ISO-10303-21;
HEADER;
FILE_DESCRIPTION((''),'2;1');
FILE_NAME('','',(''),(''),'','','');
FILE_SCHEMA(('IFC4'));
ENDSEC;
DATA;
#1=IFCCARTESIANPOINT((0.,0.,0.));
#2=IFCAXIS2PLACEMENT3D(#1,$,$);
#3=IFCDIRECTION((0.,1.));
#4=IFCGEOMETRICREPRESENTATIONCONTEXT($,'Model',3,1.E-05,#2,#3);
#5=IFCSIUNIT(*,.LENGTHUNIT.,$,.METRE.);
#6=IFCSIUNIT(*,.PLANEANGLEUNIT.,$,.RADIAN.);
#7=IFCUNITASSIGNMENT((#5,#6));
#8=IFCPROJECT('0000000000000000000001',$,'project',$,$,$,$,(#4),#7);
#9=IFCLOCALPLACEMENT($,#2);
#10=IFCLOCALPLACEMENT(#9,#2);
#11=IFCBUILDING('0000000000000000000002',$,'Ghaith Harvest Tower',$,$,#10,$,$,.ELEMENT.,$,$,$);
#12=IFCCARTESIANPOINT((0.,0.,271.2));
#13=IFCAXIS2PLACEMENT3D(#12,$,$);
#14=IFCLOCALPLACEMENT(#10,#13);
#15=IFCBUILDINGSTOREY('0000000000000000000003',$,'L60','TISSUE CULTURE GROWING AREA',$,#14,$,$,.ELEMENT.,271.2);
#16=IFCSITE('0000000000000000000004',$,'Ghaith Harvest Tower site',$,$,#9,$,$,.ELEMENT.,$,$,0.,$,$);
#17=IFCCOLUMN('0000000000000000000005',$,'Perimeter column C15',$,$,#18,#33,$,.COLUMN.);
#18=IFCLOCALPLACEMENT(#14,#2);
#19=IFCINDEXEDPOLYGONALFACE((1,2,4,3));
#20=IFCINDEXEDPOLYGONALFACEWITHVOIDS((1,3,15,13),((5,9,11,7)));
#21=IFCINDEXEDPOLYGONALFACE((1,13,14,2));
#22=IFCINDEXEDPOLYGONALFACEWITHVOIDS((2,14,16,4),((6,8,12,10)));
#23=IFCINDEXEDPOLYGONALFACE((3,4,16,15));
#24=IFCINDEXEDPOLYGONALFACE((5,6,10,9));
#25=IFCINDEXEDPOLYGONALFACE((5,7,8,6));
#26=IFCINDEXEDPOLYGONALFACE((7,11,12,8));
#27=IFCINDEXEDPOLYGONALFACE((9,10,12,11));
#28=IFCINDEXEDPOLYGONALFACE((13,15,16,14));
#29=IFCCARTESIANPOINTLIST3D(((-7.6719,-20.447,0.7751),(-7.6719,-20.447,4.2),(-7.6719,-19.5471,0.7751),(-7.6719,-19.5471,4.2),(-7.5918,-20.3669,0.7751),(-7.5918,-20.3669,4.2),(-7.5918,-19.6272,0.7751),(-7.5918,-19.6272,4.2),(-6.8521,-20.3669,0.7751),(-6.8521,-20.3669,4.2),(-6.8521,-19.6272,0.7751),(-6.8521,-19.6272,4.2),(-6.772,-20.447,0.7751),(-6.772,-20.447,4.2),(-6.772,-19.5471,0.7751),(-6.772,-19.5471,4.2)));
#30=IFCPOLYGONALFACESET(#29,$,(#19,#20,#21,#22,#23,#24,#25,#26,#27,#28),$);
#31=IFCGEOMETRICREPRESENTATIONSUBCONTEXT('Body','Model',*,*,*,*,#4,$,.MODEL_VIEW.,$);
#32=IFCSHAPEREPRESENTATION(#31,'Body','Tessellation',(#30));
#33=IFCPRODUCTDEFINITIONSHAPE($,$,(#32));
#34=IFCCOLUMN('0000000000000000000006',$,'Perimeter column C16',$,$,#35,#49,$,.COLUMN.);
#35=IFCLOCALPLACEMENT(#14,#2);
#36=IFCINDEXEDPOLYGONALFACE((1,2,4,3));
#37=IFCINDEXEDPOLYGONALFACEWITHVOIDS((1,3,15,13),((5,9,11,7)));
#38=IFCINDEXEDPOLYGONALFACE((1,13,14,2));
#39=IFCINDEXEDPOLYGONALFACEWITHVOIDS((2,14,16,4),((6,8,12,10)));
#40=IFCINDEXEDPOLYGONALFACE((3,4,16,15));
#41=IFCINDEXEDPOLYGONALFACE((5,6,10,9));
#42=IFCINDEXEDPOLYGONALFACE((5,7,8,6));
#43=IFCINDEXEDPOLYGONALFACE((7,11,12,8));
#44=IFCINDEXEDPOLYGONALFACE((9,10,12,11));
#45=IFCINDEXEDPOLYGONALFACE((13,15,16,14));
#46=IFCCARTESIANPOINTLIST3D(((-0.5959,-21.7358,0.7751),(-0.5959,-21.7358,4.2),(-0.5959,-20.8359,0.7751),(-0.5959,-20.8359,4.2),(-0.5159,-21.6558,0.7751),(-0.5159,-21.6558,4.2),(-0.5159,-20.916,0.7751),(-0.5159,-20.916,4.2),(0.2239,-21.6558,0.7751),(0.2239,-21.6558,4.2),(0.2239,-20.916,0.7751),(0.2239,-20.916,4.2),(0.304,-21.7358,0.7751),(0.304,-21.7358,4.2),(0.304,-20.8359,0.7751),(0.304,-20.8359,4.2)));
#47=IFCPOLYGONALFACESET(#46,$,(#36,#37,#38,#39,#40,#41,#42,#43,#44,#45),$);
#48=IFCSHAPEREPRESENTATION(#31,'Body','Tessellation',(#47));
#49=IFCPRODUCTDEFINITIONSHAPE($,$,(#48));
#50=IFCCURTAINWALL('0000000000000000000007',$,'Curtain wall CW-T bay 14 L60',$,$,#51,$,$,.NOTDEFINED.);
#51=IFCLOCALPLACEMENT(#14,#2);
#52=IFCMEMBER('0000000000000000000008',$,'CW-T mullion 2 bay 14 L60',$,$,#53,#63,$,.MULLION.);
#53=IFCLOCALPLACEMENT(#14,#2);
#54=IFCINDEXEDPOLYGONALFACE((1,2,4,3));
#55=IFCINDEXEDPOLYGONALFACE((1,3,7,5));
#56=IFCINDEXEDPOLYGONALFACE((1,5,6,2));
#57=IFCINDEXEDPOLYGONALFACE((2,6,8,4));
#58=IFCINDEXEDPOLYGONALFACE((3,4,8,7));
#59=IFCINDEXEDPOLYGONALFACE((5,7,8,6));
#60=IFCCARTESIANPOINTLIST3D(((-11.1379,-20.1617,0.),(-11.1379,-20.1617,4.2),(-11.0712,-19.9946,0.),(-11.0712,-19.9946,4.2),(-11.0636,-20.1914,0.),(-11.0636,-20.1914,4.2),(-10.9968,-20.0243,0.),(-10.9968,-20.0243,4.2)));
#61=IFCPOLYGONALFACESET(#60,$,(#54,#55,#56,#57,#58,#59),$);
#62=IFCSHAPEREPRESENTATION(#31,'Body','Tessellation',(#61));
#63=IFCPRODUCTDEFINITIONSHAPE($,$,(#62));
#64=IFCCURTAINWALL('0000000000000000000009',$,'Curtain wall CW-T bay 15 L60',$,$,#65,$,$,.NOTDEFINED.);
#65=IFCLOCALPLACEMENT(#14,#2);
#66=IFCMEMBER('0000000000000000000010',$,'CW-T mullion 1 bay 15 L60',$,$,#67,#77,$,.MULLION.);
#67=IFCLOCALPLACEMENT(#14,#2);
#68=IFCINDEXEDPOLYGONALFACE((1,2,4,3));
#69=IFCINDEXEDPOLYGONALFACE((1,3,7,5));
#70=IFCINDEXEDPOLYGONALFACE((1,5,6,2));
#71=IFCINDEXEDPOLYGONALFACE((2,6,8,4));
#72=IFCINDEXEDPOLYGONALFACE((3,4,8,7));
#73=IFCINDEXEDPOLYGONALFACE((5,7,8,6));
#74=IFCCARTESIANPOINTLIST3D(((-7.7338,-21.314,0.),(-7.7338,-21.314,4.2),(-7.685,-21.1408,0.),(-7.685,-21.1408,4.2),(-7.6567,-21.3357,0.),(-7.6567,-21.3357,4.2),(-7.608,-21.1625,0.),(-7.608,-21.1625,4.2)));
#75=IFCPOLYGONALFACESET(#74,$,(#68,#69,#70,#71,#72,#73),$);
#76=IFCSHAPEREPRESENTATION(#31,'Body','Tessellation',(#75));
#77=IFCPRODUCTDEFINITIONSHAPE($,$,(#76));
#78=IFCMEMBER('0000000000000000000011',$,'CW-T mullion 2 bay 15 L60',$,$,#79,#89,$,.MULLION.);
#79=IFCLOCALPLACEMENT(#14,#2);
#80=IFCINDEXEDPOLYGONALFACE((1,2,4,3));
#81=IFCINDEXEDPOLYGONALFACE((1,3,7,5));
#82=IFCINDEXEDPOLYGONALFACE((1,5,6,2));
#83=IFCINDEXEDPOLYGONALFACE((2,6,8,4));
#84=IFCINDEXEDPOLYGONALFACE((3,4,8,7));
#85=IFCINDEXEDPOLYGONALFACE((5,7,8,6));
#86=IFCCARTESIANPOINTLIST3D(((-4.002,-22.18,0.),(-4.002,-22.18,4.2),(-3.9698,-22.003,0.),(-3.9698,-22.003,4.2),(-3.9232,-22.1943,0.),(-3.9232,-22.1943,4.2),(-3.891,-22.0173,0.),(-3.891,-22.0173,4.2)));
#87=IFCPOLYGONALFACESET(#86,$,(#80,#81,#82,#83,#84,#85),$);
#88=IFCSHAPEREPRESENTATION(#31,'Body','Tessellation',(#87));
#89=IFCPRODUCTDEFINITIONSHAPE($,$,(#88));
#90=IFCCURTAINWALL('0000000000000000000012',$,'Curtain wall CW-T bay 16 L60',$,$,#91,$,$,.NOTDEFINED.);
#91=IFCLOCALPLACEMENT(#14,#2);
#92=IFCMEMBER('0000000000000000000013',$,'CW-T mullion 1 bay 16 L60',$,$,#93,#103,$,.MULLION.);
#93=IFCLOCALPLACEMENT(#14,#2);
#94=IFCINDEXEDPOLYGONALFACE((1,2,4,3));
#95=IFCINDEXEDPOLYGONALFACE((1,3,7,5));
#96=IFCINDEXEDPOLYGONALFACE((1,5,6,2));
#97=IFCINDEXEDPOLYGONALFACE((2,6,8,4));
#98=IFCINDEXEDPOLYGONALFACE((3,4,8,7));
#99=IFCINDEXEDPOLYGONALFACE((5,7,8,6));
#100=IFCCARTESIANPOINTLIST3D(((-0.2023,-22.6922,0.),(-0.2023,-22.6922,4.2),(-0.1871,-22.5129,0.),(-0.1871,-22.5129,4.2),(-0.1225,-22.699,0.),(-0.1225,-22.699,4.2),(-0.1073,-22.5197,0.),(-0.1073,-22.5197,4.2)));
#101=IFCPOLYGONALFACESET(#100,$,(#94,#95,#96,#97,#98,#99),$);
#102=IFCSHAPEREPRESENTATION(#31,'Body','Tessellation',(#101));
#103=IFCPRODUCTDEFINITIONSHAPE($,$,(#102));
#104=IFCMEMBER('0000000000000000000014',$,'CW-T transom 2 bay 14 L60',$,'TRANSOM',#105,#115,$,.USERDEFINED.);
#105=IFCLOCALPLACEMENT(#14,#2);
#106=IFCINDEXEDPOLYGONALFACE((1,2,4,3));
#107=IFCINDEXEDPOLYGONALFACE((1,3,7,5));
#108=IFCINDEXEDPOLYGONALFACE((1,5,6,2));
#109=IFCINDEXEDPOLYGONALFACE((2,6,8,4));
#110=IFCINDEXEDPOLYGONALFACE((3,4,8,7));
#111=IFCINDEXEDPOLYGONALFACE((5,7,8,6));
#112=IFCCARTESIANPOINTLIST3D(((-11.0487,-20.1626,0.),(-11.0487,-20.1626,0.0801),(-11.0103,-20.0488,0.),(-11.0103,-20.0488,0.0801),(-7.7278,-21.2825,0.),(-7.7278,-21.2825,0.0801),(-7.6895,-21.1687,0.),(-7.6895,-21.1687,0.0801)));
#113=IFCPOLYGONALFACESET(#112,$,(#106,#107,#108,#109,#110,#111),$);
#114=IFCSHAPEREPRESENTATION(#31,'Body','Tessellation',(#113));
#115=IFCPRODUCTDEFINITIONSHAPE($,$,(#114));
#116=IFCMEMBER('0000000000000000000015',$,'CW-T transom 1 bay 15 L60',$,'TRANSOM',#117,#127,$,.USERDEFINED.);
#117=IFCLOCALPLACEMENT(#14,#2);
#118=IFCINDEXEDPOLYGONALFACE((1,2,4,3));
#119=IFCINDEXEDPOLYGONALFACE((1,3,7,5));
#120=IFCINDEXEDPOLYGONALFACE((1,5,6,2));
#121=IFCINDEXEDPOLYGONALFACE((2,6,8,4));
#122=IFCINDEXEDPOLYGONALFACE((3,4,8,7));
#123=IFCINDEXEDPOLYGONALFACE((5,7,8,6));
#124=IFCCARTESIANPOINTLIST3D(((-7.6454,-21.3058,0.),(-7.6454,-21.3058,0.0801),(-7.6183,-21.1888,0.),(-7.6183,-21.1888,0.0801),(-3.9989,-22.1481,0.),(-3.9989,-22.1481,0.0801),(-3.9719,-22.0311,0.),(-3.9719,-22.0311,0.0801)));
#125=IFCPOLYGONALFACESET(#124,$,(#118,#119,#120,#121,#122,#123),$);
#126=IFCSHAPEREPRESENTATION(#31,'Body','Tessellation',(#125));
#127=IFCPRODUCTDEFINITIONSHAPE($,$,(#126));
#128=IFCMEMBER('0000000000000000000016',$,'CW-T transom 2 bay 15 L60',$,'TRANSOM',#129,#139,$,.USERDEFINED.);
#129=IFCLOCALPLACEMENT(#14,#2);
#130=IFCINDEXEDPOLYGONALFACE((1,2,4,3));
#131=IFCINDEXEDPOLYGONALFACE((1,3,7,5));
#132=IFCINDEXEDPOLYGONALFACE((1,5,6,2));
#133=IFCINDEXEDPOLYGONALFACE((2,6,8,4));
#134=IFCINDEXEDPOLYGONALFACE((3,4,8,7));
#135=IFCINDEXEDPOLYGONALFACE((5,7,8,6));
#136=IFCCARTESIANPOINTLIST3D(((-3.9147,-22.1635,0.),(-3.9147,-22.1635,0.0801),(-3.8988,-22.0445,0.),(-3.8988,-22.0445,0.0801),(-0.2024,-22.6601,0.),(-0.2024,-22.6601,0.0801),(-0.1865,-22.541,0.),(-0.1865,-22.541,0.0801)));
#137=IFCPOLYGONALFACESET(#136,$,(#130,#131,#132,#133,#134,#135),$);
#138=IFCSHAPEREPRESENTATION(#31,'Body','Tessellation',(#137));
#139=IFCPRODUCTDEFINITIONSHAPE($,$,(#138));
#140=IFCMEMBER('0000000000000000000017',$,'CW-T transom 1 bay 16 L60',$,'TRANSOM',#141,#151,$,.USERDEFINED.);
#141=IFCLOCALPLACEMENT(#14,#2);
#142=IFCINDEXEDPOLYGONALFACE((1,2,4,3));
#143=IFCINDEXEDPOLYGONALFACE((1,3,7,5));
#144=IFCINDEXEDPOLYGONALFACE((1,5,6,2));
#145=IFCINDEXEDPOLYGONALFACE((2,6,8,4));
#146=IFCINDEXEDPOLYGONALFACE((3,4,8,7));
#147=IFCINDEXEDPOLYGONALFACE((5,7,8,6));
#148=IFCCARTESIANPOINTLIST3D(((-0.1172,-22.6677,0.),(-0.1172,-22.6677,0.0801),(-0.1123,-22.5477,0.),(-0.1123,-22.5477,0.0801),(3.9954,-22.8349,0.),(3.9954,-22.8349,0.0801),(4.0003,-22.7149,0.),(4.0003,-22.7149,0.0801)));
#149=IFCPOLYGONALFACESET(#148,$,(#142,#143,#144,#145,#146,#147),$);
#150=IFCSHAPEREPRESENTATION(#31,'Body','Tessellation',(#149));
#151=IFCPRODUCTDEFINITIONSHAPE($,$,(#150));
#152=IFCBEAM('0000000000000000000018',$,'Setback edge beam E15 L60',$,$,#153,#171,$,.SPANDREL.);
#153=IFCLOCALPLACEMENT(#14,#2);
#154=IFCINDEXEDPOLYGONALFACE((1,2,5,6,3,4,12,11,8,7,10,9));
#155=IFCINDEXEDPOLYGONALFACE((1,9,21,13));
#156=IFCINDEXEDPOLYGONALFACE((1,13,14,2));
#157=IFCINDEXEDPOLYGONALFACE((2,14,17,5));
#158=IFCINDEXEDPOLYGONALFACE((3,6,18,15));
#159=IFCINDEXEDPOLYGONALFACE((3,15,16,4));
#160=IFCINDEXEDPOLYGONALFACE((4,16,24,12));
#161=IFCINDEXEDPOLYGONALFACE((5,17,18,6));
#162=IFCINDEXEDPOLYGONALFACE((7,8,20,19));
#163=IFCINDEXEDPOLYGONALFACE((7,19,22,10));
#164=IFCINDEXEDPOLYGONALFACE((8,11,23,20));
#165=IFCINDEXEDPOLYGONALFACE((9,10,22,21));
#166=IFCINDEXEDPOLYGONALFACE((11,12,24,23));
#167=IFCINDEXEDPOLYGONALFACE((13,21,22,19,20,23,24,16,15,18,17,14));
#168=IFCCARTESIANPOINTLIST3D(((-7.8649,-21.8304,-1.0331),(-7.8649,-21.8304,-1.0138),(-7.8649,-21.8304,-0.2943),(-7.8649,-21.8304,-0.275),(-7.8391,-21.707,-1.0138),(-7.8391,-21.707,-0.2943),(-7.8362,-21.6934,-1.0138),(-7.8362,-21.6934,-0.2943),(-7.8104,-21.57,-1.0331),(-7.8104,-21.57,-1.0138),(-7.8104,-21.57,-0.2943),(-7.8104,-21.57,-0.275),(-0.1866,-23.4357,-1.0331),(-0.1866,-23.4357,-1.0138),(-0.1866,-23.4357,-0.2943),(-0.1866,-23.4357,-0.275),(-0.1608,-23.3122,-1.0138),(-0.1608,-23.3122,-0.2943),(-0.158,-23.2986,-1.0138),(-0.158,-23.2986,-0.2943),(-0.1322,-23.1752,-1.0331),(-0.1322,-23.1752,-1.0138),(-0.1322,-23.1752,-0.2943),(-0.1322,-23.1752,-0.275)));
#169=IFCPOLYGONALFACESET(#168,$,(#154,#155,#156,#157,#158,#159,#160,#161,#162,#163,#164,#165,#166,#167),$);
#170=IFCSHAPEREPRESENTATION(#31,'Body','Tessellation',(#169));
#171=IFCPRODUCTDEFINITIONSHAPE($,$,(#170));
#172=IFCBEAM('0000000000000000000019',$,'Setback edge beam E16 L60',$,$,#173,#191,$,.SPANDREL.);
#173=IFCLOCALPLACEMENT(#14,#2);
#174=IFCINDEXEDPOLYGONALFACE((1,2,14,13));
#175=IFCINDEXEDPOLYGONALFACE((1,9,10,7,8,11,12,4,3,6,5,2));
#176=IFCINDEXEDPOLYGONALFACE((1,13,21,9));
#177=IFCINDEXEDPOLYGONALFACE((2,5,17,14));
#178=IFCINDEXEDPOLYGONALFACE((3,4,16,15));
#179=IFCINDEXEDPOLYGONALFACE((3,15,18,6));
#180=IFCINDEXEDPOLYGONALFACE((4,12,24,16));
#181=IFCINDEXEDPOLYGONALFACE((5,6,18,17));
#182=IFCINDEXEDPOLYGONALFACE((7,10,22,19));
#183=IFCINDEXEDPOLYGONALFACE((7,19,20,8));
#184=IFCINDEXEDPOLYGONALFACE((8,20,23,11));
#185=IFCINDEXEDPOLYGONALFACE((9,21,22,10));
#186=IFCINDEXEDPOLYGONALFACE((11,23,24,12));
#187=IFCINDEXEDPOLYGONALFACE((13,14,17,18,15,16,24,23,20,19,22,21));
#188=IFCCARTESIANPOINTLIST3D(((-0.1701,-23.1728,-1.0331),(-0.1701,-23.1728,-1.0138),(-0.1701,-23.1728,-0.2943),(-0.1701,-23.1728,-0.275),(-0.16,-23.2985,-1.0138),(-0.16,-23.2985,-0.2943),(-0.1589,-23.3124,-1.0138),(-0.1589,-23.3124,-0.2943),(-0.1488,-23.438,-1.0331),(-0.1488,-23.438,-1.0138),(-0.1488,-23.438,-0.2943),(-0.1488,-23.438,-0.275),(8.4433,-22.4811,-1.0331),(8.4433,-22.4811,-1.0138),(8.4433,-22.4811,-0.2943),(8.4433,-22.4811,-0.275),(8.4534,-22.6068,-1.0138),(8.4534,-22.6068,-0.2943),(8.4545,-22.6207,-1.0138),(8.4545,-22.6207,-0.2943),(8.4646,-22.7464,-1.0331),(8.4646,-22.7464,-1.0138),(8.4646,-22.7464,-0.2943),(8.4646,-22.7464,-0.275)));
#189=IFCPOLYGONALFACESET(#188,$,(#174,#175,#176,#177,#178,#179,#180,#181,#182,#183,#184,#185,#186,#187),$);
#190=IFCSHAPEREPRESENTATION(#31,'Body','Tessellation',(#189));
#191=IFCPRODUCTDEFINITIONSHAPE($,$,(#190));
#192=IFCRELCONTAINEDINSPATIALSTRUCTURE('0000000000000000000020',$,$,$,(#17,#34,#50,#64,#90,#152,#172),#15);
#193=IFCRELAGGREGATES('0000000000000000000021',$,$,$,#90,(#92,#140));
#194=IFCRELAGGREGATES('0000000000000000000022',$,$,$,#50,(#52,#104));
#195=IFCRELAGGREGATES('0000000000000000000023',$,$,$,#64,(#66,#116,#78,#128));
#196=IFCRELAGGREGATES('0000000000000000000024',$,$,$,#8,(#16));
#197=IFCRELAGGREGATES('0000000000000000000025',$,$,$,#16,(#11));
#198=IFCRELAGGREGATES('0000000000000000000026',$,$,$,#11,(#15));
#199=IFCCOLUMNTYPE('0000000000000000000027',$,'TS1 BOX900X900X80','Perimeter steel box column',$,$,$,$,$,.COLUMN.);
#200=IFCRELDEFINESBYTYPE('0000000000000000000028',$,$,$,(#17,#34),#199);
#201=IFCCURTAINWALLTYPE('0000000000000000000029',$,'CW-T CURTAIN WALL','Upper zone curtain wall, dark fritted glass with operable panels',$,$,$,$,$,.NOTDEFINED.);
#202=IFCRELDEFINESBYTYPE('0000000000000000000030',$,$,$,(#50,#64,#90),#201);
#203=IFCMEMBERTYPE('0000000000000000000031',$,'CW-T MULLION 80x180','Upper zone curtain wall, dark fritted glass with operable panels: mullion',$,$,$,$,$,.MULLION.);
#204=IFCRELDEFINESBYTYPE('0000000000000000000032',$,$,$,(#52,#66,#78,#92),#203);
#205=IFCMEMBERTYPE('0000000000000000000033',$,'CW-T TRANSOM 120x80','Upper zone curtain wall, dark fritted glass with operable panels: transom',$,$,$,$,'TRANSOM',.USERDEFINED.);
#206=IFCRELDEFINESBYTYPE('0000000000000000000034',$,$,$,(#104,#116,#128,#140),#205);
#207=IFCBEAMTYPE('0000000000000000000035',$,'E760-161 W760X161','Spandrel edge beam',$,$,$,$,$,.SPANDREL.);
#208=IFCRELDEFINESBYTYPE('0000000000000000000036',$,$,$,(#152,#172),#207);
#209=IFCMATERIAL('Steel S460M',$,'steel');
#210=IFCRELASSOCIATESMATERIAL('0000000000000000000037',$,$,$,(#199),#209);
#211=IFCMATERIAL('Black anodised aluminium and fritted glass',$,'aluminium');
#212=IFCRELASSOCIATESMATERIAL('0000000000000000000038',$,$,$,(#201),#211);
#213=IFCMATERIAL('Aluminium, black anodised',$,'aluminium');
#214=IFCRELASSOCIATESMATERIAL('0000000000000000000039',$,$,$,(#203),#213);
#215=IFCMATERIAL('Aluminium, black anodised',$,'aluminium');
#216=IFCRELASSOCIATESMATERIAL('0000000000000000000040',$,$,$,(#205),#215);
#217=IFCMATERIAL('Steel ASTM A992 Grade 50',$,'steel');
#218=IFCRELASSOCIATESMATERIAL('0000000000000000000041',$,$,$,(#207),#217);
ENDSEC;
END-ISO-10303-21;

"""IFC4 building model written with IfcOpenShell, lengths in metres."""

from ifc_helpers import new_model, si_unit, direction, frame, origin, origin_2d, place, context, subcontext, project, spatial, rectangle, hollow_rectangle, i_section, extrude, material, material_profile, profile_set, type_object, element, aggregate, save


model = new_model("IFC4")

# Units and contexts
model_context = context("Model", 3, precision=1e-05, world=origin(), true_north=direction((0.0, 1.0)))
body_context = subcontext(model_context, "Body", "Model", "MODEL_VIEW")
ifc_project = project(units=[si_unit("LENGTHUNIT", "METRE"), si_unit("PLANEANGLEUNIT", "RADIAN")], contexts=[model_context])

# Site, building, storey
site_placement = place(None, origin())
site = spatial("IfcSite", under=ifc_project, at=site_placement, Name="Ghaith Harvest Tower site", CompositionType="ELEMENT", RefElevation=0.0)
building_placement = place(site_placement, origin())
building = spatial("IfcBuilding", under=site, at=building_placement, Name="Ghaith Harvest Tower", CompositionType="ELEMENT")
storey_placement = place(building_placement, frame((0.0, 0.0, 271.2)))
storey = spatial("IfcBuildingStorey", under=building, at=storey_placement, Name="L60", Description="TISSUE CULTURE GROWING AREA", CompositionType="ELEMENT", Elevation=271.2)

# Columns
ifc_material_1 = material(Name="Steel S460M", Category="steel")
ifc_material_profile_1 = material_profile(ifc_material_1, hollow_rectangle(XDim=0.8999, YDim=0.8999, WallThickness=0.0801, at=origin_2d()), Name="BOX900X900X80")
ifc_profile_set_1 = profile_set([ifc_material_profile_1], Name="Steel S460M")
column_type = type_object("IfcColumnType", Name="TS1 BOX900X900X80", Description="Perimeter steel box column", PredefinedType="COLUMN", material=ifc_profile_set_1)
for number, where, z_axis, x_axis, name in (
    (1, (-7.2219, -19.9971, 0.7751), (0.0, 0.0, 1.0), (1.0, 0.0, 0.0), "Perimeter column C15"),
    (2, (-0.146, -21.2859, 0.7751), (0.0, 0.0, 1.0), (1.0, 0.0, 0.0), "Perimeter column C16"),
):
    element("IfcColumn", number, at=place(storey_placement, frame(where, z_axis=z_axis, x_axis=x_axis)), inside=storey, type_object=column_type, Name=name, PredefinedType="COLUMN", context=body_context, shape_type="SweptSolid", body=[
        extrude(hollow_rectangle(XDim=0.8999, YDim=0.8999, WallThickness=0.0801, at=origin_2d()), origin(), (0.0, 0.0, 1.0), 3.4248),
    ])

# Curtain wall, member
ifc_material_2 = material(Name="Black anodised aluminium and fritted glass", Category="aluminium")
curtain_wall_type = type_object("IfcCurtainWallType", Name="CW-T CURTAIN WALL", Description="Upper zone curtain wall, dark fritted glass with operable panels", PredefinedType="NOTDEFINED", material=ifc_material_2)
curtain_wall_1_placement = place(storey_placement, origin())
curtain_wall_1 = element("IfcCurtainWall", 3, at=curtain_wall_1_placement, inside=storey, type_object=curtain_wall_type, Name="Curtain wall CW-T bay 14 L60", PredefinedType="NOTDEFINED")
ifc_material_3 = material(Name="Aluminium, black anodised", Category="aluminium")
ifc_material_profile_2 = material_profile(ifc_material_3, rectangle(XDim=0.0801, YDim=0.1799, at=origin_2d()), Name="CW-T MULLION 80x180")
ifc_profile_set_2 = profile_set([ifc_material_profile_2], Name="Aluminium, black anodised")
member_type_1 = type_object("IfcMemberType", Name="CW-T MULLION 80x180", Description="Upper zone curtain wall, dark fritted glass with operable panels: mullion", PredefinedType="MULLION", material=ifc_profile_set_2)
member_1_placement = place(storey_placement, frame((-11.0674, -20.093, 0.0), z_axis=(0.0, 0.0, 1.0), x_axis=(0.928624, -0.371021, 0.0)))
member_1 = element("IfcMember", 4, at=member_1_placement, type_object=member_type_1, Name="CW-T mullion 2 bay 14 L60", PredefinedType="MULLION", context=body_context, shape_type="SweptSolid", body=[
    extrude(rectangle(XDim=0.0801, YDim=0.1799, at=origin_2d()), origin(), (0.0, 0.0, 1.0), 4.2),
])

# Curtain wall, members
curtain_wall_2_placement = place(storey_placement, origin())
curtain_wall_2 = element("IfcCurtainWall", 5, at=curtain_wall_2_placement, inside=storey, type_object=curtain_wall_type, Name="Curtain wall CW-T bay 15 L60", PredefinedType="NOTDEFINED")
member_2_placement = place(storey_placement, frame((-7.6709, -21.2383, 0.0), z_axis=(0.0, 0.0, 1.0), x_axis=(0.962552, -0.271095, 0.0)))
member_2 = element("IfcMember", 6, at=member_2_placement, type_object=member_type_1, Name="CW-T mullion 1 bay 15 L60", PredefinedType="MULLION", context=body_context, shape_type="SweptSolid", body=[
    extrude(rectangle(XDim=0.0801, YDim=0.1799, at=origin_2d()), origin(), (0.0, 0.0, 1.0), 4.2),
])
member_3_placement = place(storey_placement, frame((-3.9465, -22.0986, 0.0), z_axis=(0.0, 0.0, 1.0), x_axis=(0.983843, -0.179031, 0.0)))
member_3 = element("IfcMember", 7, at=member_3_placement, type_object=member_type_1, Name="CW-T mullion 2 bay 15 L60", PredefinedType="MULLION", context=body_context, shape_type="SweptSolid", body=[
    extrude(rectangle(XDim=0.0801, YDim=0.1799, at=origin_2d()), origin(), (0.0, 0.0, 1.0), 4.2),
])

# Curtain wall, member
curtain_wall_3_placement = place(storey_placement, origin())
curtain_wall_3 = element("IfcCurtainWall", 8, at=curtain_wall_3_placement, inside=storey, type_object=curtain_wall_type, Name="Curtain wall CW-T bay 16 L60", PredefinedType="NOTDEFINED")
member_4_placement = place(storey_placement, frame((-0.1548, -22.606, 0.0), z_axis=(0.0, 0.0, 1.0), x_axis=(0.996415, -0.084602, 0.0)))
member_4 = element("IfcMember", 9, at=member_4_placement, type_object=member_type_1, Name="CW-T mullion 1 bay 16 L60", PredefinedType="MULLION", context=body_context, shape_type="SweptSolid", body=[
    extrude(rectangle(XDim=0.0801, YDim=0.1799, at=origin_2d()), origin(), (0.0, 0.0, 1.0), 4.2),
])

# Members
ifc_material_4 = material(Name="Aluminium, black anodised", Category="aluminium")
ifc_material_profile_3 = material_profile(ifc_material_4, rectangle(XDim=0.1201, YDim=0.0801, at=origin_2d()), Name="CW-T TRANSOM 120x80")
ifc_profile_set_3 = profile_set([ifc_material_profile_3], Name="Aluminium, black anodised")
member_type_2 = type_object("IfcMemberType", Name="CW-T TRANSOM 120x80", Description="Upper zone curtain wall, dark fritted glass with operable panels: transom", ElementType="TRANSOM", PredefinedType="USERDEFINED", material=ifc_profile_set_3)
member_5_placement = place(storey_placement, frame((-11.0295, -20.1057, 0.04), z_axis=(0.94757, -0.319549, 0.0), x_axis=(0.319549, 0.94757, 0.0)))
member_5 = element("IfcMember", 10, at=member_5_placement, type_object=member_type_2, Name="CW-T transom 2 bay 14 L60", ObjectType="TRANSOM", PredefinedType="USERDEFINED", context=body_context, shape_type="SweptSolid", body=[
    extrude(rectangle(XDim=0.1201, YDim=0.0801, at=origin_2d()), origin(), (0.0, 0.0, 1.0), 3.5046),
])
member_6_placement = place(storey_placement, frame((-7.6318, -21.2473, 0.04), z_axis=(0.974345, -0.22506, 0.0), x_axis=(0.22506, 0.974345, 0.0)))
member_6 = element("IfcMember", 11, at=member_6_placement, type_object=member_type_2, Name="CW-T transom 1 bay 15 L60", ObjectType="TRANSOM", PredefinedType="USERDEFINED", context=body_context, shape_type="SweptSolid", body=[
    extrude(rectangle(XDim=0.1201, YDim=0.0801, at=origin_2d()), origin(), (0.0, 0.0, 1.0), 3.7424),
])
member_7_placement = place(storey_placement, frame((-3.9067, -22.104, 0.04), z_axis=(0.991172, -0.132582, 0.0), x_axis=(0.132582, 0.991172, 0.0)))
member_7 = element("IfcMember", 12, at=member_7_placement, type_object=member_type_2, Name="CW-T transom 2 bay 15 L60", ObjectType="TRANSOM", PredefinedType="USERDEFINED", context=body_context, shape_type="SweptSolid", body=[
    extrude(rectangle(XDim=0.1201, YDim=0.0801, at=origin_2d()), origin(), (0.0, 0.0, 1.0), 3.7454),
])
member_8_placement = place(storey_placement, frame((-0.1147, -22.6077, 0.04), z_axis=(0.999174, -0.040631, 0.0), x_axis=(0.040631, 0.999174, 0.0)))
member_8 = element("IfcMember", 13, at=member_8_placement, type_object=member_type_2, Name="CW-T transom 1 bay 16 L60", ObjectType="TRANSOM", PredefinedType="USERDEFINED", context=body_context, shape_type="SweptSolid", body=[
    extrude(rectangle(XDim=0.1201, YDim=0.0801, at=origin_2d()), origin(), (0.0, 0.0, 1.0), 4.116),
])
aggregate(curtain_wall_3, [member_4, member_8])

# Beams
ifc_material_5 = material(Name="Steel ASTM A992 Grade 50", Category="steel")
ifc_material_profile_4 = material_profile(ifc_material_5, i_section(OverallWidth=0.2661, OverallDepth=0.7581, WebThickness=0.0139, FlangeThickness=0.0193, at=origin_2d()), Name="W760X161")
ifc_profile_set_4 = profile_set([ifc_material_profile_4], Name="Steel ASTM A992 Grade 50")
beam_type_1 = type_object("IfcBeamType", Name="E760-161 W760X161", Description="Spandrel edge beam", PredefinedType="SPANDREL", material=ifc_profile_set_4)
beam_1_placement = place(storey_placement, frame((-7.8376, -21.7002, -0.6541), z_axis=(0.978838, -0.204638, 0.0), x_axis=(0.204638, 0.978838, 0.0)))
element("IfcBeam", 14, at=beam_1_placement, inside=storey, type_object=beam_type_1, Name="Setback edge beam E15 L60", PredefinedType="SPANDREL", context=body_context, shape_type="SweptSolid", body=[
    extrude(i_section(OverallWidth=0.2661, OverallDepth=0.7581, WebThickness=0.0139, FlangeThickness=0.0193, at=origin_2d()), origin(), (0.0, 0.0, 1.0), 7.8442),
])
beam_2_placement = place(storey_placement, frame((-0.1594, -23.3054, -0.6541), z_axis=(0.996791, 0.080043, 0.0), x_axis=(-0.080043, 0.996791, 0.0)))
element("IfcBeam", 15, at=beam_2_placement, inside=storey, type_object=beam_type_1, Name="Setback edge beam E16 L60", PredefinedType="SPANDREL", context=body_context, shape_type="SweptSolid", body=[
    extrude(i_section(OverallWidth=0.2661, OverallDepth=0.7581, WebThickness=0.0139, FlangeThickness=0.0193, at=origin_2d()), origin(), (0.0, 0.0, 1.0), 8.6411),
])

aggregate(curtain_wall_1, [member_1, member_5])
aggregate(curtain_wall_2, [member_2, member_6, member_3, member_7])

save(model, "model.ifc")
